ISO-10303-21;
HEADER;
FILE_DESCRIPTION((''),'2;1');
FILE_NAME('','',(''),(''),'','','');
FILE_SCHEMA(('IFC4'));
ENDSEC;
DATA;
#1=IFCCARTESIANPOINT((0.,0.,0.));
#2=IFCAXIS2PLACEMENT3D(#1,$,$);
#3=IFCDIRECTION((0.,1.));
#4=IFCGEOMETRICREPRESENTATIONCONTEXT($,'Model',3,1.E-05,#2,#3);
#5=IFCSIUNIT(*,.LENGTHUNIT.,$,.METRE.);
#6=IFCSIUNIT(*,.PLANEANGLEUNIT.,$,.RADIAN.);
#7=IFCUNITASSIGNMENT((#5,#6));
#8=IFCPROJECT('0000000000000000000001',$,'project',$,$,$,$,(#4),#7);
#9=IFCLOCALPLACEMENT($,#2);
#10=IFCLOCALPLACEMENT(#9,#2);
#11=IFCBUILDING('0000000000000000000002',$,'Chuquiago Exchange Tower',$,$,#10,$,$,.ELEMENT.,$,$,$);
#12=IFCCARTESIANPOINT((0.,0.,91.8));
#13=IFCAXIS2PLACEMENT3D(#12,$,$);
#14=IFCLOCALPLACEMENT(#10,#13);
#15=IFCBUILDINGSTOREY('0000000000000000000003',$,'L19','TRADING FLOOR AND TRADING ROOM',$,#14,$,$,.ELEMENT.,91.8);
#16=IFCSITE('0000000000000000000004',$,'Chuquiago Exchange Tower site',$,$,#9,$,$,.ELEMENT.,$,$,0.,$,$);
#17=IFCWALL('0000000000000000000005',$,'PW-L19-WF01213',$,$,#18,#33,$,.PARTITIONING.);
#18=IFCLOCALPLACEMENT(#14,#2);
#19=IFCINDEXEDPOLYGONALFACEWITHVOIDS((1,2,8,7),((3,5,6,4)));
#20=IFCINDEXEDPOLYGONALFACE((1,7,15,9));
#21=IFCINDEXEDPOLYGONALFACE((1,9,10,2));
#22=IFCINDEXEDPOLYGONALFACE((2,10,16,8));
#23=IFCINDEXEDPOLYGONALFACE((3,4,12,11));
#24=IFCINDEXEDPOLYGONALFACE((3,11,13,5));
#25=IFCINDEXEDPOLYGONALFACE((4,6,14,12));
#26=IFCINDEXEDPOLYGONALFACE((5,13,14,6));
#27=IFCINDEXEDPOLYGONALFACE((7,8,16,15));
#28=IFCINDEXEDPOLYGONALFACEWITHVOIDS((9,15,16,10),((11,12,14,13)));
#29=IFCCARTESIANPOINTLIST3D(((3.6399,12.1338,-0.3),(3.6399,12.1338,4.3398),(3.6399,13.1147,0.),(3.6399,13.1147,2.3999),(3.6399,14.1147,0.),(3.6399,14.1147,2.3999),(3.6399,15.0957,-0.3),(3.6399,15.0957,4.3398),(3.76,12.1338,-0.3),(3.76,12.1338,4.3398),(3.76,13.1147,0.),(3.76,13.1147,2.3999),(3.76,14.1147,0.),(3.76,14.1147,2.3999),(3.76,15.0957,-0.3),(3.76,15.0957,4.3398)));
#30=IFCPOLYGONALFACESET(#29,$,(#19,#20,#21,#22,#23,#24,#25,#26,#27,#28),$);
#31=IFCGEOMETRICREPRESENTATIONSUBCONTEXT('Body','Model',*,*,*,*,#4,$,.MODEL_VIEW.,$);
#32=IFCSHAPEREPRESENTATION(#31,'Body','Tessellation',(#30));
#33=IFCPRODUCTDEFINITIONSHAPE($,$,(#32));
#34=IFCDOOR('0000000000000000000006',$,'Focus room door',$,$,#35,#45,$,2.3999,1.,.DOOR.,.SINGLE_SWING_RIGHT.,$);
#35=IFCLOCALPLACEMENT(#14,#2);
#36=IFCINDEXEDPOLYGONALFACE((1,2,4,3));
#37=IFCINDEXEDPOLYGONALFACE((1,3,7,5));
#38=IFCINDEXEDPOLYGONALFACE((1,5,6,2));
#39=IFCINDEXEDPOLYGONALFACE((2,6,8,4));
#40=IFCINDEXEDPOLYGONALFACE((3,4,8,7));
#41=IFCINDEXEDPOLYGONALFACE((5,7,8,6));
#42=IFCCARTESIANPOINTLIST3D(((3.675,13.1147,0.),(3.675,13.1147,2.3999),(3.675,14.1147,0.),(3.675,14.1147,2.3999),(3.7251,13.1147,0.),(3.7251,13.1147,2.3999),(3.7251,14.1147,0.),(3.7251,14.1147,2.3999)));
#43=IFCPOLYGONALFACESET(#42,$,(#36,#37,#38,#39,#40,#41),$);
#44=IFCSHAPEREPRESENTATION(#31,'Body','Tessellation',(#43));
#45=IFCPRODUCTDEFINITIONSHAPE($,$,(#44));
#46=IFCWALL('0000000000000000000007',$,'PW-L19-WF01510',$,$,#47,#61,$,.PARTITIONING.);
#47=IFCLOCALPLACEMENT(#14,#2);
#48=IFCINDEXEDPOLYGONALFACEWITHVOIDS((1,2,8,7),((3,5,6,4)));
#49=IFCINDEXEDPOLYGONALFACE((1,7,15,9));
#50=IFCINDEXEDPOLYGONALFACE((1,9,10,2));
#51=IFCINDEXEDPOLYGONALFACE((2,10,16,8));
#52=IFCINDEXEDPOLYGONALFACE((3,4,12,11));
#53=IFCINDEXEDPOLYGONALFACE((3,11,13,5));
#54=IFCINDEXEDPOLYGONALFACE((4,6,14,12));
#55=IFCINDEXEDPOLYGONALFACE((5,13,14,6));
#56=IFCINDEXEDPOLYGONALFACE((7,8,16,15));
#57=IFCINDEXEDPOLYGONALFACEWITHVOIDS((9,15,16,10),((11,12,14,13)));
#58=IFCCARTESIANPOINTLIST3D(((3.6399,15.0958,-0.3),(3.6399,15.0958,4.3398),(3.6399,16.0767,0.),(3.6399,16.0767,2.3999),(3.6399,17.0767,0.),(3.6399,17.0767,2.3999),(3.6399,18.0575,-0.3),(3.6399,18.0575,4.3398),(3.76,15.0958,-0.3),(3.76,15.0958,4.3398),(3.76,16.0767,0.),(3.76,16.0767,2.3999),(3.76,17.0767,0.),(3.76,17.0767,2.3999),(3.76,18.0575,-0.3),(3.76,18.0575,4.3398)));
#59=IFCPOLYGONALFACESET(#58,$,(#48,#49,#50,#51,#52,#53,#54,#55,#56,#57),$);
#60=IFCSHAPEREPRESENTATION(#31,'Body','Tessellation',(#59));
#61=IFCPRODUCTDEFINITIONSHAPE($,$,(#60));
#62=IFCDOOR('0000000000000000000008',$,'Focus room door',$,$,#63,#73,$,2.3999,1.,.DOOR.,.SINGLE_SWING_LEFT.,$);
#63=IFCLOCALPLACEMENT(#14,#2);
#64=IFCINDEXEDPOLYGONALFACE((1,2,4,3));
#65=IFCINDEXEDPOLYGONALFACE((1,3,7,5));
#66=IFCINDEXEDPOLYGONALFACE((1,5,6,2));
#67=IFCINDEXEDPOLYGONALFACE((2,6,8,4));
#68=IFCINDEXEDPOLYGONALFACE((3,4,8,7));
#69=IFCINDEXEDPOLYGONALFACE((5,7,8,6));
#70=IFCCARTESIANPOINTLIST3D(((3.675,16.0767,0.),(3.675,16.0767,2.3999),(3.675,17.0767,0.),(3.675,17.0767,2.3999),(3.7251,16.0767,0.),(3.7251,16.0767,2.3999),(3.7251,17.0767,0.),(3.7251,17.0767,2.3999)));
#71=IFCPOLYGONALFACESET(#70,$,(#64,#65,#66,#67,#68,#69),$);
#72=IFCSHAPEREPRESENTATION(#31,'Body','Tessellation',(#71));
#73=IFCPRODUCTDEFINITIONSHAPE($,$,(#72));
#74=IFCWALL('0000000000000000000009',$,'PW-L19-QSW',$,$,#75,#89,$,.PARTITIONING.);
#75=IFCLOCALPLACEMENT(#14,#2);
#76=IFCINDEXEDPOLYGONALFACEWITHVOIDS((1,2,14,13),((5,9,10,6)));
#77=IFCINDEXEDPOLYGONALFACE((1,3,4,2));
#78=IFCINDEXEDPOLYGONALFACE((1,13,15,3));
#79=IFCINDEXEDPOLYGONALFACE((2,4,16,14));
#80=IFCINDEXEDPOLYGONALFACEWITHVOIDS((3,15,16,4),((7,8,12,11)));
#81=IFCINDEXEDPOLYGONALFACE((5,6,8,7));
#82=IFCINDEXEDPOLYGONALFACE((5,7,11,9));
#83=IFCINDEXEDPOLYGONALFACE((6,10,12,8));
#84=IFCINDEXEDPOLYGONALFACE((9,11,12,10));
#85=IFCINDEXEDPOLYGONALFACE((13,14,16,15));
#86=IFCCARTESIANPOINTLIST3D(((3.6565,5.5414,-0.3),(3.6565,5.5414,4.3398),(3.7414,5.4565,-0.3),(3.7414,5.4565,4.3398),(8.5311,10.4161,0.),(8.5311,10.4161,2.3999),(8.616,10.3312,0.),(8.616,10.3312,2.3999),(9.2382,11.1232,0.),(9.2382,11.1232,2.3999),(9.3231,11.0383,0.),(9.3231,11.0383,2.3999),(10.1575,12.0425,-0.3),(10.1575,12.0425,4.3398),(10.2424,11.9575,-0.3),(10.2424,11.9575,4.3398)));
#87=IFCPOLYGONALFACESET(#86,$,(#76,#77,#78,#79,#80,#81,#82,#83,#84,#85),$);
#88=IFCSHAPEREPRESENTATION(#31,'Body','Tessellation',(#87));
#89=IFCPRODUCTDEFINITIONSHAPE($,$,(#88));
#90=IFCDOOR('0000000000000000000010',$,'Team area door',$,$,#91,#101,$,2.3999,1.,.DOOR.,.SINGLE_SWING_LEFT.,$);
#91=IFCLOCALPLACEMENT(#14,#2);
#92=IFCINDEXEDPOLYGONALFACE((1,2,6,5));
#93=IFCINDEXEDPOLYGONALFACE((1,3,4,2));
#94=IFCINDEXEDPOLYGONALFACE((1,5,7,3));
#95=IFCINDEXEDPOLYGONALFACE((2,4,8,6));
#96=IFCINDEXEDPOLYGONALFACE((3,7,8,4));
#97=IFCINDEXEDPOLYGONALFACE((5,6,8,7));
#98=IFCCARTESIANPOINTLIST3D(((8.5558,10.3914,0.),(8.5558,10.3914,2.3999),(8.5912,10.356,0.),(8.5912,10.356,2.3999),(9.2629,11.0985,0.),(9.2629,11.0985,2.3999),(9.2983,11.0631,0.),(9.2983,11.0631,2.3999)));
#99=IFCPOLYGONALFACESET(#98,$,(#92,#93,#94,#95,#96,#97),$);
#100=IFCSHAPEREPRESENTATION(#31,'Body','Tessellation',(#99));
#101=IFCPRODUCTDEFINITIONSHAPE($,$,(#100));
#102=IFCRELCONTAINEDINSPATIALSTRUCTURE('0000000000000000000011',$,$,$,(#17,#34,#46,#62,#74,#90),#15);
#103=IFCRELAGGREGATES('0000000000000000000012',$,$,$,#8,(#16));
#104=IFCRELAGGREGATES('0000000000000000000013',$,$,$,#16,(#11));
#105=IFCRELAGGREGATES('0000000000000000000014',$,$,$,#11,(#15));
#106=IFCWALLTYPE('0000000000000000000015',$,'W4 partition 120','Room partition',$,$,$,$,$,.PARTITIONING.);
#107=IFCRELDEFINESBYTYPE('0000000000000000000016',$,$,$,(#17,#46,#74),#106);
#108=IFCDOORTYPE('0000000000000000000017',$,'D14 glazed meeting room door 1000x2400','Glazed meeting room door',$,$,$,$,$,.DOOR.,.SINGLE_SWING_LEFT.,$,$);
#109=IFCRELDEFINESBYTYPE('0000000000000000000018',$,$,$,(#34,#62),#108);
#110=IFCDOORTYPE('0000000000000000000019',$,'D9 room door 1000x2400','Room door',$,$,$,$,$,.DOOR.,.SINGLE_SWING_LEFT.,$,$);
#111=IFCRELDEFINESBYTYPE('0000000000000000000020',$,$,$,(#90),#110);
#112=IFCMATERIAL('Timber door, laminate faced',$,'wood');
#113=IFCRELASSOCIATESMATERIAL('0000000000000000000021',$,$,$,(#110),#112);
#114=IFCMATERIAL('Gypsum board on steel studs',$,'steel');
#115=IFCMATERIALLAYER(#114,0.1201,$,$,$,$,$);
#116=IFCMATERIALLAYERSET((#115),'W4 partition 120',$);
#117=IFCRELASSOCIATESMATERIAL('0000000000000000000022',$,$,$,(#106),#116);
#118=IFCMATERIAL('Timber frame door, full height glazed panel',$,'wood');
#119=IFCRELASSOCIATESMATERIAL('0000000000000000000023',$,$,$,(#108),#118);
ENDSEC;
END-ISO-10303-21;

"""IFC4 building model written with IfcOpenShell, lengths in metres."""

from ifc_helpers import new_model, si_unit, direction, frame, frame_2d, origin, place, context, subcontext, project, spatial, rectangle, extrude, material, layer, layer_set, type_object, element, fill, save


model = new_model("IFC4")

# Units and contexts
model_context = context("Model", 3, precision=1e-05, world=origin(), true_north=direction((0.0, 1.0)))
body_context = subcontext(model_context, "Body", "Model", "MODEL_VIEW")
ifc_project = project(units=[si_unit("LENGTHUNIT", "METRE"), si_unit("PLANEANGLEUNIT", "RADIAN")], contexts=[model_context])

# Site, building, storey
site_placement = place(None, origin())
site = spatial("IfcSite", under=ifc_project, at=site_placement, Name="Chuquiago Exchange Tower site", CompositionType="ELEMENT", RefElevation=0.0)
building_placement = place(site_placement, origin())
building = spatial("IfcBuilding", under=site, at=building_placement, Name="Chuquiago Exchange Tower", CompositionType="ELEMENT")
storey_placement = place(building_placement, frame((0.0, 0.0, 91.8)))
storey = spatial("IfcBuildingStorey", under=building, at=storey_placement, Name="L19", Description="TRADING FLOOR AND TRADING ROOM", CompositionType="ELEMENT", Elevation=91.8)

# Shared definitions
ifc_material_1 = material(Name="Timber door, laminate faced", Category="wood")
door_type_1 = type_object("IfcDoorType", Name="D9 room door 1000x2400", Description="Room door", OperationType="SINGLE_SWING_LEFT", PredefinedType="DOOR", material=ifc_material_1)

# Shared definitions
ifc_material_2 = material(Name="Gypsum board on steel studs", Category="steel")
ifc_layer_1 = layer(ifc_material_2, 0.1201)
ifc_layer_set_1 = layer_set([ifc_layer_1], Name="W4 partition 120")
wall_type_1 = type_object("IfcWallType", Name="W4 partition 120", Description="Room partition", PredefinedType="PARTITIONING", material=ifc_layer_set_1)

# Shared definitions
ifc_material_3 = material(Name="Timber frame door, full height glazed panel", Category="wood")
door_type_2 = type_object("IfcDoorType", Name="D14 glazed meeting room door 1000x2400", Description="Glazed meeting room door", OperationType="SINGLE_SWING_LEFT", PredefinedType="DOOR", material=ifc_material_3)

# Walls, openings, doors
wall_1_placement = place(storey_placement, frame((3.7, 12.1338, -0.3), z_axis=(0.0, 0.0, 1.0), x_axis=(0.0, 1.0, 0.0)))
wall_1 = element("IfcWall", 1, at=wall_1_placement, inside=storey, type_object=wall_type_1, Name="PW-L19-WF01213", PredefinedType="PARTITIONING", context=body_context, shape_type="SweptSolid", body=[
    extrude(rectangle(XDim=2.9619, YDim=0.1201, at=frame_2d((1.481, 0.0))), origin(), (0.0, 0.0, 1.0), 4.6399),
])
opening_1_placement = place(wall_1_placement, frame((0.981, 0.0, 0.3)))
opening_1 = element("IfcOpeningElement", 2, at=opening_1_placement, cuts=wall_1, PredefinedType="OPENING", context=body_context, shape_type="SweptSolid", body=[
    extrude(rectangle(XDim=1.0, YDim=2.3999, at=frame_2d((0.5, 1.2))), frame((0.0, 0.0701, 0.0), z_axis=(0.0, -1.0, 0.0), x_axis=(1.0, 0.0, 0.0)), (0.0, 0.0, 1.0), 0.1401),
])
door_1_placement = place(opening_1_placement, origin())
door_1 = element("IfcDoor", 3, at=door_1_placement, inside=storey, type_object=door_type_2, Name="Focus room door", OperationType="SINGLE_SWING_RIGHT", OverallHeight=2.3999, OverallWidth=1.0, PredefinedType="DOOR", context=body_context, shape_type="SweptSolid", body=[
    extrude(rectangle(XDim=1.0, YDim=2.3999, at=frame_2d((0.5, 1.2))), frame((0.0, 0.0249, 0.0), z_axis=(0.0, -1.0, 0.0), x_axis=(1.0, 0.0, 0.0)), (0.0, 0.0, 1.0), 0.05),
])
fill(opening_1, door_1)
wall_2_placement = place(storey_placement, frame((3.7, 15.0957, -0.3), z_axis=(0.0, 0.0, 1.0), x_axis=(0.0, 1.0, 0.0)))
wall_2 = element("IfcWall", 4, at=wall_2_placement, inside=storey, type_object=wall_type_1, Name="PW-L19-WF01510", PredefinedType="PARTITIONING", context=body_context, shape_type="SweptSolid", body=[
    extrude(rectangle(XDim=2.9617, YDim=0.1201, at=frame_2d((1.481, 0.0))), origin(), (0.0, 0.0, 1.0), 4.6399),
])
opening_2_placement = place(wall_2_placement, frame((0.981, 0.0, 0.3)))
opening_2 = element("IfcOpeningElement", 5, at=opening_2_placement, cuts=wall_2, PredefinedType="OPENING", context=body_context, shape_type="SweptSolid", body=[
    extrude(rectangle(XDim=1.0, YDim=2.3999, at=frame_2d((0.5, 1.2))), frame((0.0, 0.0701, 0.0), z_axis=(0.0, -1.0, 0.0), x_axis=(1.0, 0.0, 0.0)), (0.0, 0.0, 1.0), 0.1401),
])
door_2_placement = place(opening_2_placement, origin())
door_2 = element("IfcDoor", 6, at=door_2_placement, inside=storey, type_object=door_type_2, Name="Focus room door", OperationType="SINGLE_SWING_LEFT", OverallHeight=2.3999, OverallWidth=1.0, PredefinedType="DOOR", context=body_context, shape_type="SweptSolid", body=[
    extrude(rectangle(XDim=1.0, YDim=2.3999, at=frame_2d((0.5, 1.2))), frame((0.0, 0.0249, 0.0), z_axis=(0.0, -1.0, 0.0), x_axis=(1.0, 0.0, 0.0)), (0.0, 0.0, 1.0), 0.05),
])
fill(opening_2, door_2)
wall_3_placement = place(storey_placement, frame((10.2, 12.0, -0.3), z_axis=(0.0, 0.0, 1.0), x_axis=(-0.707107, -0.707107, 0.0)))
wall_3 = element("IfcWall", 7, at=wall_3_placement, inside=storey, type_object=wall_type_1, Name="PW-L19-QSW", PredefinedType="PARTITIONING", context=body_context, shape_type="SweptSolid", body=[
    extrude(rectangle(XDim=9.1938, YDim=0.1201, at=frame_2d((4.5969, 0.0))), origin(), (0.0, 0.0, 1.0), 4.6399),
])
opening_3_placement = place(wall_3_placement, frame((1.3, 0.0, 0.3)))
opening_3 = element("IfcOpeningElement", 8, at=opening_3_placement, cuts=wall_3, PredefinedType="OPENING", context=body_context, shape_type="SweptSolid", body=[
    extrude(rectangle(XDim=1.0, YDim=2.3999, at=frame_2d((0.5, 1.2))), frame((0.0, 0.0701, 0.0), z_axis=(0.0, -1.0, 0.0), x_axis=(1.0, 0.0, 0.0)), (0.0, 0.0, 1.0), 0.1401),
])
door_3_placement = place(opening_3_placement, origin())
door_3 = element("IfcDoor", 9, at=door_3_placement, inside=storey, type_object=door_type_1, Name="Team area door", OperationType="SINGLE_SWING_LEFT", OverallHeight=2.3999, OverallWidth=1.0, PredefinedType="DOOR", context=body_context, shape_type="SweptSolid", body=[
    extrude(rectangle(XDim=1.0, YDim=2.3999, at=frame_2d((0.5, 1.2))), frame((0.0, 0.0249, 0.0), z_axis=(0.0, -1.0, 0.0), x_axis=(1.0, 0.0, 0.0)), (0.0, 0.0, 1.0), 0.05),
])
fill(opening_3, door_3)

save(model, "model.ifc")
